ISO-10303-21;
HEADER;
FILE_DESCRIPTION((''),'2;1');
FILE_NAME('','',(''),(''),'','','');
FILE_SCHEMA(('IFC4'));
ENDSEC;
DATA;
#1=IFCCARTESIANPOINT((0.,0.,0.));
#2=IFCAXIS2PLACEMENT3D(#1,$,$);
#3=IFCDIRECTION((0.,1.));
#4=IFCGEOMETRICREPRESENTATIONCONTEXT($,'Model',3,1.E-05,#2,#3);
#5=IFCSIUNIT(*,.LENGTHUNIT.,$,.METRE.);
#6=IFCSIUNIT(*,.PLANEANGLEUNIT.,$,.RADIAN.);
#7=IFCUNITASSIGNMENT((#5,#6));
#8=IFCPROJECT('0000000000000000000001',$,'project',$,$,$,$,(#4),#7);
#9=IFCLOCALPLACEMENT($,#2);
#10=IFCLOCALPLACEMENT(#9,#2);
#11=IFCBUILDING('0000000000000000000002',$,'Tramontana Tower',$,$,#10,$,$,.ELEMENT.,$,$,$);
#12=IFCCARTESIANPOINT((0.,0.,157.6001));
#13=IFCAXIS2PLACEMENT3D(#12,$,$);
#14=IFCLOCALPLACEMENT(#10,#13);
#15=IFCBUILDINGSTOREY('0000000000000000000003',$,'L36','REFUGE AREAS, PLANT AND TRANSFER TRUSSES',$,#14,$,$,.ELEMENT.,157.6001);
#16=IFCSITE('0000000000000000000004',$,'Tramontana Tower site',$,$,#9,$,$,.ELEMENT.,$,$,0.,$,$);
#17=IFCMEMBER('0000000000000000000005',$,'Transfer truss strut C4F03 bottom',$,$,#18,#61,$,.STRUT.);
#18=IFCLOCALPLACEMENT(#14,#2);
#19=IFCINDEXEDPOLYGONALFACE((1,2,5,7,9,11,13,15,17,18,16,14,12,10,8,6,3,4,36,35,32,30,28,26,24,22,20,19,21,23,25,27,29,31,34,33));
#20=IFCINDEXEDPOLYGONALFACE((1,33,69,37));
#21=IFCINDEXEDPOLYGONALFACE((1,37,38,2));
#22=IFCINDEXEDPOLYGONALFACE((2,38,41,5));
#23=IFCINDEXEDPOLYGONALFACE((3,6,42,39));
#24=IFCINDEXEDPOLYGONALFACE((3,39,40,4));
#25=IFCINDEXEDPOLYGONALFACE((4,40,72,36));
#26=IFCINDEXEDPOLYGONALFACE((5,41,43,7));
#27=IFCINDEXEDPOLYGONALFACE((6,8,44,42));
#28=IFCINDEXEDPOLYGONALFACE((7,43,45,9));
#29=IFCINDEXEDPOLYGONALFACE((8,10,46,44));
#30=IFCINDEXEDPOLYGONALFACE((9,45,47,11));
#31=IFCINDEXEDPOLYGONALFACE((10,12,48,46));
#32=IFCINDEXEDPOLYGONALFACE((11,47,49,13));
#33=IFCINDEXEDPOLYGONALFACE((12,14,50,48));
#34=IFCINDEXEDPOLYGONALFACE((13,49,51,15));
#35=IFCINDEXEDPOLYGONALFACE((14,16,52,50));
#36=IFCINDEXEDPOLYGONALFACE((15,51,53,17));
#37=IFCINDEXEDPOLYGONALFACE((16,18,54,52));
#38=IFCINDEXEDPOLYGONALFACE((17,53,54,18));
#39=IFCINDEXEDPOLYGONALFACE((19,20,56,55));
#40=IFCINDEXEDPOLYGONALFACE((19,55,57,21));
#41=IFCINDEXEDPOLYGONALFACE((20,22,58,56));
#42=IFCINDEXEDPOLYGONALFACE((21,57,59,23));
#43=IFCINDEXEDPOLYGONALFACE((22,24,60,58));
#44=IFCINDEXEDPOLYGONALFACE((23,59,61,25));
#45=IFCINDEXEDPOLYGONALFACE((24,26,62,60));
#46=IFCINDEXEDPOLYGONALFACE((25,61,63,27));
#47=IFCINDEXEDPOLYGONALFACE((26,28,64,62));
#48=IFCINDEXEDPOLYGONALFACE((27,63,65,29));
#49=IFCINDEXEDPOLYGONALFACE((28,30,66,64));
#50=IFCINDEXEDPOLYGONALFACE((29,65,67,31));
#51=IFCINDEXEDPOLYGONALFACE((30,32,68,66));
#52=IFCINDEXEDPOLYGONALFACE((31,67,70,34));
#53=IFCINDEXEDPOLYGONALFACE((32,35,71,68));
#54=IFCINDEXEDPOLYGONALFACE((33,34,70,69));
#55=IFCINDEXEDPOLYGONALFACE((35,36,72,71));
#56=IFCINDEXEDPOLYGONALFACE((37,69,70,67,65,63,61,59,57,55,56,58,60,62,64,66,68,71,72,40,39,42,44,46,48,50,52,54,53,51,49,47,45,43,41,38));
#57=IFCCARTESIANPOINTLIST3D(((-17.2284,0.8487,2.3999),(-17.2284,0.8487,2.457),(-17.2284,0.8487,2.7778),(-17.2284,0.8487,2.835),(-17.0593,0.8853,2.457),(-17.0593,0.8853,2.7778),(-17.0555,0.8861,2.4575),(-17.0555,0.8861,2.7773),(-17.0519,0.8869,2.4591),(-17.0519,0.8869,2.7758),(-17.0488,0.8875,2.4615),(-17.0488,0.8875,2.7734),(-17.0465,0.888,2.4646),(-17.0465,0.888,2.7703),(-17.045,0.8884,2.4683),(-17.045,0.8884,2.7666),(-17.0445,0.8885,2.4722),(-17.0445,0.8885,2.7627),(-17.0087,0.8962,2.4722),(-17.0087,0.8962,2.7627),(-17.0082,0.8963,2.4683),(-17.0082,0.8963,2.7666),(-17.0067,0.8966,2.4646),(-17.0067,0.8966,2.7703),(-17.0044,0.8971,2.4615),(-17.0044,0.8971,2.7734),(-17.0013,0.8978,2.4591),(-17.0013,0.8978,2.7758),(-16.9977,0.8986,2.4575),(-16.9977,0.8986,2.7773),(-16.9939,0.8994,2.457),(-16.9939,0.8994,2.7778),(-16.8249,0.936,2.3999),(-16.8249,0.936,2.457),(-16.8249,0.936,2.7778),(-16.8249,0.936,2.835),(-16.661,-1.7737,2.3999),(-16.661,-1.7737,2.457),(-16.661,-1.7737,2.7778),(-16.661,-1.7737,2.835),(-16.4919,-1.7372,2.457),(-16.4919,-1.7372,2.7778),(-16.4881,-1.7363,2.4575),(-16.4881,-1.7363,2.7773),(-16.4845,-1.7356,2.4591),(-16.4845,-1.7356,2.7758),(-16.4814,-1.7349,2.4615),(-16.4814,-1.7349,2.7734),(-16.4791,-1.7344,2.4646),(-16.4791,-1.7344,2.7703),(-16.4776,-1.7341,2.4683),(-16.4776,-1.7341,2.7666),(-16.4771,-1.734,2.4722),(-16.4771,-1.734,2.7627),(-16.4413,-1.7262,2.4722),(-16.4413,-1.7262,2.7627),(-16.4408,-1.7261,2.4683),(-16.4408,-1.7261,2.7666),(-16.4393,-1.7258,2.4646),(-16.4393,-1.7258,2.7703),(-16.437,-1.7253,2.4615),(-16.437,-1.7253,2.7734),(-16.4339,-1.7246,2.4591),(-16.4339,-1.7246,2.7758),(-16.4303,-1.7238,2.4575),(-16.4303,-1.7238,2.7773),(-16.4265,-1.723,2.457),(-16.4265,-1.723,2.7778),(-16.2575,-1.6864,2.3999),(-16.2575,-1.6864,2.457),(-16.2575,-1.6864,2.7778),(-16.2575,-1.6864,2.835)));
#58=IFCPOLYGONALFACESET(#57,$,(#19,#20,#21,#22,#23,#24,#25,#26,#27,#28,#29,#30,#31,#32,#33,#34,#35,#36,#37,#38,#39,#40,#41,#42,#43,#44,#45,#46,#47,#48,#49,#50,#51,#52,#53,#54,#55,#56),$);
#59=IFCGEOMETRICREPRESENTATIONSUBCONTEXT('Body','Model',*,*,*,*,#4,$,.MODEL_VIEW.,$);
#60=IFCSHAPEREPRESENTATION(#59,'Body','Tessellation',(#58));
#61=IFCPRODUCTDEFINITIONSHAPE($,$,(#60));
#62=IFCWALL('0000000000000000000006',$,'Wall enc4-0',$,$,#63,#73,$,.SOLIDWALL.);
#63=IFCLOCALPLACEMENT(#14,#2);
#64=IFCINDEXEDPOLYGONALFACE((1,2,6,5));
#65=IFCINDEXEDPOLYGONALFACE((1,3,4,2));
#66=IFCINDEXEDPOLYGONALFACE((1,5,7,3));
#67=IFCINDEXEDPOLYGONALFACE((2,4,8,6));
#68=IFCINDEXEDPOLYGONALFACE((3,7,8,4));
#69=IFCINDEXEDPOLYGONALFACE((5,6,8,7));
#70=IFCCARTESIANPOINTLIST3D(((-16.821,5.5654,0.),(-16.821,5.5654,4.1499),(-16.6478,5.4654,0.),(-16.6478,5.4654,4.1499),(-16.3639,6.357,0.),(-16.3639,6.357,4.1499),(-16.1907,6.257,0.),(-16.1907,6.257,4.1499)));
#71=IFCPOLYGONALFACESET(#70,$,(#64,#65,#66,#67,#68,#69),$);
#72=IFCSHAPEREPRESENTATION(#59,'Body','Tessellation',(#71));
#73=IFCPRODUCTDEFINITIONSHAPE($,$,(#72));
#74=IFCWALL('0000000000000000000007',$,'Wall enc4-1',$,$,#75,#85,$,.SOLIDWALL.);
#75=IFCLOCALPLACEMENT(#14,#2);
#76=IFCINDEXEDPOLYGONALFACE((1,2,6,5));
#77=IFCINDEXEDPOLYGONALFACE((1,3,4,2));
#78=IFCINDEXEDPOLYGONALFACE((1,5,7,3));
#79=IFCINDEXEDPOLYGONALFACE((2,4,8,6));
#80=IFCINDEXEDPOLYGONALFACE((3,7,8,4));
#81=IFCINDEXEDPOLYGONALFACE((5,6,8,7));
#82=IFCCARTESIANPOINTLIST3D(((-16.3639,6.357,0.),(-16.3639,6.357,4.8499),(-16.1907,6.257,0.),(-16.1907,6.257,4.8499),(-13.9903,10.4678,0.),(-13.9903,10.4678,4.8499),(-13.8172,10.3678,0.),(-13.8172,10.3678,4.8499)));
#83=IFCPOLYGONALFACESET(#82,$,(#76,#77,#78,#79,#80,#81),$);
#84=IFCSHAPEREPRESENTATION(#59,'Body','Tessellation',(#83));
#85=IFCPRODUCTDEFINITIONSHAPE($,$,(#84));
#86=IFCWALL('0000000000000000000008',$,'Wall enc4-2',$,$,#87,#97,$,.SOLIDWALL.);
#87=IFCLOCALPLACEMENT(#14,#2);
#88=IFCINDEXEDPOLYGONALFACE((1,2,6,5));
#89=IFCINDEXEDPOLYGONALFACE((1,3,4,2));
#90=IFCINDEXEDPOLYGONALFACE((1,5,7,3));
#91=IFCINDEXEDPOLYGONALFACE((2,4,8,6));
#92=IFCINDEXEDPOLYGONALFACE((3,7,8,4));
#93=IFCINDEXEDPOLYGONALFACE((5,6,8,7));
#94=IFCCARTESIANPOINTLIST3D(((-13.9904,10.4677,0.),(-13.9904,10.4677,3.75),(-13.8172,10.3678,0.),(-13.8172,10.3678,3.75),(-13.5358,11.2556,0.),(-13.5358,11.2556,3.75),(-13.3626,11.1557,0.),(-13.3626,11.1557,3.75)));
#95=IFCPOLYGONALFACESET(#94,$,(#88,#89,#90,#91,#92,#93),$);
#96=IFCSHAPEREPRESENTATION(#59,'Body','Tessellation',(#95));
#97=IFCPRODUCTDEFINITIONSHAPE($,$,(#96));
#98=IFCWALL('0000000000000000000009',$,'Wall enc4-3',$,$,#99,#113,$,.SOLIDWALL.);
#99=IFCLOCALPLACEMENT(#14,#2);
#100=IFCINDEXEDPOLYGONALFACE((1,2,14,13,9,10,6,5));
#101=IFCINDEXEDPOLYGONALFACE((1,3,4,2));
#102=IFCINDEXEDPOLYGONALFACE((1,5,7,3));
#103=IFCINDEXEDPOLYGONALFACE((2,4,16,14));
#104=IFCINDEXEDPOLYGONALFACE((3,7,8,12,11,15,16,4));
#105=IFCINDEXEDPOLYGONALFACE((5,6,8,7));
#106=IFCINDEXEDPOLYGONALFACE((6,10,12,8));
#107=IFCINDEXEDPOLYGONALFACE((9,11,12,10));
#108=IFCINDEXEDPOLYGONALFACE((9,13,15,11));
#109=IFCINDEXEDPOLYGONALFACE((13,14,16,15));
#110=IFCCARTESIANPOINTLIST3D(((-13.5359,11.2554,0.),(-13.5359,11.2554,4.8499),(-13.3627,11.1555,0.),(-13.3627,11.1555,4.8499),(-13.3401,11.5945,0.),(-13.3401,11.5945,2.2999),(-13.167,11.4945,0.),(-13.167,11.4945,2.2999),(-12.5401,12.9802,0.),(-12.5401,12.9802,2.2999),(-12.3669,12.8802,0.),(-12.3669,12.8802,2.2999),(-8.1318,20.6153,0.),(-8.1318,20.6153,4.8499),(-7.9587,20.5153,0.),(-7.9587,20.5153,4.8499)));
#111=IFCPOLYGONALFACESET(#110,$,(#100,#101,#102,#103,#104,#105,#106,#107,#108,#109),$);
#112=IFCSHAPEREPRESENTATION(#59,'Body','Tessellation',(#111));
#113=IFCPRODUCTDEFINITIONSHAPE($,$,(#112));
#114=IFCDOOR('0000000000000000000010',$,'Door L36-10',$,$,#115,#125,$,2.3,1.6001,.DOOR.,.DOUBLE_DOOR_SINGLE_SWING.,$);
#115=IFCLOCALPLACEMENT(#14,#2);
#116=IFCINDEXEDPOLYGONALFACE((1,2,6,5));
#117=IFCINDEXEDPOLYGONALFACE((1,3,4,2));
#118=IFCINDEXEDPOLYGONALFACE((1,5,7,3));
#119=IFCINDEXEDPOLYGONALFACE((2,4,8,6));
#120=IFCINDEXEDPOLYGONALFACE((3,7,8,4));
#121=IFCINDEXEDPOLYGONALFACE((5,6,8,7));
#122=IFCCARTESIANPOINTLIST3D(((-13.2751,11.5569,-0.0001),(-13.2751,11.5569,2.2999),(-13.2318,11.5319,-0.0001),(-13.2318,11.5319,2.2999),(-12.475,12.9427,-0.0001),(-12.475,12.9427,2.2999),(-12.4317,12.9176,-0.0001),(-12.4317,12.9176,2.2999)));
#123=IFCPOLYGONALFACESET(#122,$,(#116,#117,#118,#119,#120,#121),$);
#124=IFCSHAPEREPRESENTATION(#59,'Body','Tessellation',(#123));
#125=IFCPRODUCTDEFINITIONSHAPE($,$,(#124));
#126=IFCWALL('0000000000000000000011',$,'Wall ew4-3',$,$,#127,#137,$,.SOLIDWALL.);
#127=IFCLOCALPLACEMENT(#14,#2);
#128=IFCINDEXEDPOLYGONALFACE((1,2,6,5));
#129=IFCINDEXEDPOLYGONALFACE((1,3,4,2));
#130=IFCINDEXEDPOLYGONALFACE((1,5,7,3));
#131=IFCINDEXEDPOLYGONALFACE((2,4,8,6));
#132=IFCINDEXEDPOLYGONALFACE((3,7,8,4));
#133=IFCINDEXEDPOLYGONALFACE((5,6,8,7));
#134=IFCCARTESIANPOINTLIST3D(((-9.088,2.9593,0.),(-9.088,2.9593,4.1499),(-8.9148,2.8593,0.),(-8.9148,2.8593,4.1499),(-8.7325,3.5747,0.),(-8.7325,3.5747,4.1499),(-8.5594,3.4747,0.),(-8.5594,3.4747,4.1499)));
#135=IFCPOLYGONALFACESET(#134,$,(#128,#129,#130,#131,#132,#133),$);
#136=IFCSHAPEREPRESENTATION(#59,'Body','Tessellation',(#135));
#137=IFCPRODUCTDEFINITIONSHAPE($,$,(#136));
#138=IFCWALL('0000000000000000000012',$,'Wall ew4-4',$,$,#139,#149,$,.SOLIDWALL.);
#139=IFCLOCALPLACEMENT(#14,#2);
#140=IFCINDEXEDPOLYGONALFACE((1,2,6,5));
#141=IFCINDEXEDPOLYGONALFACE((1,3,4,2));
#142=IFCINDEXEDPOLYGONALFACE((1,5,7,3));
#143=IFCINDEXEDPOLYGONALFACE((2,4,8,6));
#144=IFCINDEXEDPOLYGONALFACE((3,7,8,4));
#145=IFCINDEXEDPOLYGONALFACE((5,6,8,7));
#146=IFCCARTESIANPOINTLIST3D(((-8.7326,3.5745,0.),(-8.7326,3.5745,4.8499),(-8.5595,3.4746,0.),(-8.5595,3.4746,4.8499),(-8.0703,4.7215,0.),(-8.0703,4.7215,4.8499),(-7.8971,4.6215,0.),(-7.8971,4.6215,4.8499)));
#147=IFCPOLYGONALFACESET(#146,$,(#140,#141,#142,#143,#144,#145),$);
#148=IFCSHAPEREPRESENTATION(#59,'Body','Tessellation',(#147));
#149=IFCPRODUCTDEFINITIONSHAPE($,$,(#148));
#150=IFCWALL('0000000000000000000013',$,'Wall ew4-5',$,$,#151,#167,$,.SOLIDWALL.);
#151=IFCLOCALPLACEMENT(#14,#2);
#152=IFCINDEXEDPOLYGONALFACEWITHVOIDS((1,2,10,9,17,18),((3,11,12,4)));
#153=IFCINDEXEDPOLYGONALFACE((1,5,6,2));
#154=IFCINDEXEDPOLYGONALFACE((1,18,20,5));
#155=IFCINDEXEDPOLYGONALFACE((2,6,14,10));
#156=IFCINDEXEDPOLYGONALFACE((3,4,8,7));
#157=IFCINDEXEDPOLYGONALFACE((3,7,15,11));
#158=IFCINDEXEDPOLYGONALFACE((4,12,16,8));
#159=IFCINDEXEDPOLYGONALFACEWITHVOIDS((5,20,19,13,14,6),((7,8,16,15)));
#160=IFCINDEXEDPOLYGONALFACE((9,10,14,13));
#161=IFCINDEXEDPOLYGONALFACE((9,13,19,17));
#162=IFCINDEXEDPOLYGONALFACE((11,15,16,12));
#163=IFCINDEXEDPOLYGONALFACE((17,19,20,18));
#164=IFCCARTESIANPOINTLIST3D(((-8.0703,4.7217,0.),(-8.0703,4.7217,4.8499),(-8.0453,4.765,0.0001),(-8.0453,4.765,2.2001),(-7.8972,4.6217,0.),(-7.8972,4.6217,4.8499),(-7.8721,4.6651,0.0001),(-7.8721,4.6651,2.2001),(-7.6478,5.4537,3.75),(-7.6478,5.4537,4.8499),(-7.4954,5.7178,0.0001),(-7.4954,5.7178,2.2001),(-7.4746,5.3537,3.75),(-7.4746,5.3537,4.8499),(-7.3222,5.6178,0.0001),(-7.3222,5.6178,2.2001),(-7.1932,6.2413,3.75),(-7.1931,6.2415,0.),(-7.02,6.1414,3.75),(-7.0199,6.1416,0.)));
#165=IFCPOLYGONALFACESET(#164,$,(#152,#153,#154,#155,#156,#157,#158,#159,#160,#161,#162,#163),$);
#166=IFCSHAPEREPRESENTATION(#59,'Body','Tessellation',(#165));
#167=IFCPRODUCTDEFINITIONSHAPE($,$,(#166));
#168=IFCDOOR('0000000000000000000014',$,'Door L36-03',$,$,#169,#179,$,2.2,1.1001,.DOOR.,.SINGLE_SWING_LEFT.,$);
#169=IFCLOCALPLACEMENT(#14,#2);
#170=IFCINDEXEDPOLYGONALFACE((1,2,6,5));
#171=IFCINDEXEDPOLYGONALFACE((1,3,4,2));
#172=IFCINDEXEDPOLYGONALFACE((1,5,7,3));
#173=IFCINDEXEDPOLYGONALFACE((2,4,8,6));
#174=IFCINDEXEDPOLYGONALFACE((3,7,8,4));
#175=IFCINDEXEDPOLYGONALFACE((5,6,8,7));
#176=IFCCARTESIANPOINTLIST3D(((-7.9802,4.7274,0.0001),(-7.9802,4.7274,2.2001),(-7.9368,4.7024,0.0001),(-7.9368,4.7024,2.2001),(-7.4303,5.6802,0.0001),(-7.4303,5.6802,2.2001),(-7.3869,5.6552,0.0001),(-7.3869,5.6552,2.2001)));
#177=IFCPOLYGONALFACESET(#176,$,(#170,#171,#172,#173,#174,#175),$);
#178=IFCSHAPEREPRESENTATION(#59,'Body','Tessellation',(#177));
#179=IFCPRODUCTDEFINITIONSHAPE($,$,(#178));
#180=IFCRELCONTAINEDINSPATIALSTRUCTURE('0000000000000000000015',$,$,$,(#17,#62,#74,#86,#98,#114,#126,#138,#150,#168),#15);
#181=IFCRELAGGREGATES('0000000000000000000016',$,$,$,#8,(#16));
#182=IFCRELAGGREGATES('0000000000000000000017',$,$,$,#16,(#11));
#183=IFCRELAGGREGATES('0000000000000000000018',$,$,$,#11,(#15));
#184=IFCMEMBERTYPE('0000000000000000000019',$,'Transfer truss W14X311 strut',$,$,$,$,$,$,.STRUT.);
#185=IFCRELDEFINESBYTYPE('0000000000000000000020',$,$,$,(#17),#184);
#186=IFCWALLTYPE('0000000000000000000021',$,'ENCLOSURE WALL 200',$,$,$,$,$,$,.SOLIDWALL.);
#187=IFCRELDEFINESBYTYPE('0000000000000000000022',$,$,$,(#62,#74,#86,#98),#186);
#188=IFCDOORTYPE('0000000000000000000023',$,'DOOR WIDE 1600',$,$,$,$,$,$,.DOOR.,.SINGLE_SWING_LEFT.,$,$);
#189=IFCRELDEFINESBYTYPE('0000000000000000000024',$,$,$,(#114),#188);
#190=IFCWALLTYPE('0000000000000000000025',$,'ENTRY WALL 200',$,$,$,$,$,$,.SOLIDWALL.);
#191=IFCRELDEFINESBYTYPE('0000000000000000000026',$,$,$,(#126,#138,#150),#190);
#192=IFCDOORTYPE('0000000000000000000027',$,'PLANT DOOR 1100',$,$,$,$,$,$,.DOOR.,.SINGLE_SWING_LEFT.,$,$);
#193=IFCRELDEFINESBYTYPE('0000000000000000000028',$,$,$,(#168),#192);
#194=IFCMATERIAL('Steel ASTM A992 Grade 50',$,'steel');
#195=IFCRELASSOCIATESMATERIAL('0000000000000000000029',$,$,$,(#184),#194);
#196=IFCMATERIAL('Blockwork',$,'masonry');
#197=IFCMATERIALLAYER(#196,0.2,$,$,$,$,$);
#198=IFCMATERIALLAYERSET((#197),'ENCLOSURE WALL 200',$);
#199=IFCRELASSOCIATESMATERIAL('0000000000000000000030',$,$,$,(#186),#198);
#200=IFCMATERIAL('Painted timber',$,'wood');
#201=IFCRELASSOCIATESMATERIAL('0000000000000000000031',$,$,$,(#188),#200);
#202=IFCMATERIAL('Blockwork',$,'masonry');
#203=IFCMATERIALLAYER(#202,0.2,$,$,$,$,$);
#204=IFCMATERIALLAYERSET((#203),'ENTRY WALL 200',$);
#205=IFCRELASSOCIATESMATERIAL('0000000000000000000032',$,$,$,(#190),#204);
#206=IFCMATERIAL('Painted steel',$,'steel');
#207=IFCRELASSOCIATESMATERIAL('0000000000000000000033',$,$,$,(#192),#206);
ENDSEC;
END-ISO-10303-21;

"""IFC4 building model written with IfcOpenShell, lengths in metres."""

from ifc_helpers import new_model, si_unit, direction, frame, frame_2d, origin, origin_2d, place, context, subcontext, project, spatial, polyline, rectangle, i_section, outline, extrude, material, layer, layer_set, material_profile, profile_set, type_object, element, fill, save


model = new_model("IFC4")

# Units and contexts
model_context = context("Model", 3, precision=1e-05, world=origin(), true_north=direction((0.0, 1.0)))
body_context = subcontext(model_context, "Body", "Model", "MODEL_VIEW")
ifc_project = project(units=[si_unit("LENGTHUNIT", "METRE"), si_unit("PLANEANGLEUNIT", "RADIAN")], contexts=[model_context])

# Site, building, storey
site_placement = place(None, origin())
site = spatial("IfcSite", under=ifc_project, at=site_placement, Name="Tramontana Tower site", CompositionType="ELEMENT", RefElevation=0.0)
building_placement = place(site_placement, origin())
building = spatial("IfcBuilding", under=site, at=building_placement, Name="Tramontana Tower", CompositionType="ELEMENT")
storey_placement = place(building_placement, frame((0.0, 0.0, 157.6001)))
storey = spatial("IfcBuildingStorey", under=building, at=storey_placement, Name="L36", Description="REFUGE AREAS, PLANT AND TRANSFER TRUSSES", CompositionType="ELEMENT", Elevation=157.6001)

# Member
ifc_material_1 = material(Name="Steel ASTM A992 Grade 50", Category="steel")
ifc_material_profile_1 = material_profile(ifc_material_1, i_section(OverallWidth=0.4128, OverallDepth=0.4351, WebThickness=0.0366, FlangeThickness=0.0571, FilletRadius=0.0151, at=origin_2d()), Name="W14X311")
ifc_profile_set_1 = profile_set([ifc_material_profile_1], Name="Steel ASTM A992 Grade 50")
member_type_1 = type_object("IfcMemberType", Name="Transfer truss W14X311 strut", PredefinedType="STRUT", material=ifc_profile_set_1)
member_1_placement = place(storey_placement, frame((-17.0266, 0.8923, 2.6174), z_axis=(0.211474, -0.977384, 0.0), x_axis=(0.977384, 0.211474, 0.0)))
element("IfcMember", 1, at=member_1_placement, inside=storey, type_object=member_type_1, Name="Transfer truss strut C4F03 bottom", PredefinedType="STRUT", context=body_context, shape_type="SweptSolid", body=[
    extrude(i_section(OverallWidth=0.4128, OverallDepth=0.4351, WebThickness=0.0366, FlangeThickness=0.0571, FilletRadius=0.0151, at=origin_2d()), origin(), (0.0, 0.0, 1.0), 2.6831),
])

# Walls
ifc_material_2 = material(Name="Blockwork", Category="masonry")
ifc_layer_1 = layer(ifc_material_2, 0.2)
ifc_layer_set_1 = layer_set([ifc_layer_1], Name="ENCLOSURE WALL 200")
wall_type_1 = type_object("IfcWallType", Name="ENCLOSURE WALL 200", PredefinedType="SOLIDWALL", material=ifc_layer_set_1)
wall_1_placement = place(storey_placement, frame((-16.7344, 5.5154, 0.0), z_axis=(0.0, 0.0, 1.0), x_axis=(0.500046, 0.865999, 0.0)))
element("IfcWall", 2, at=wall_1_placement, inside=storey, type_object=wall_type_1, Name="Wall enc4-0", PredefinedType="SOLIDWALL", context=body_context, shape_type="SweptSolid", body=[
    extrude(rectangle(XDim=0.9141, YDim=0.2, at=frame_2d((0.457, 0.0))), origin(), (0.0, 0.0, 1.0), 4.1499),
])
wall_2_placement = place(storey_placement, frame((-16.2773, 6.3069, 0.0), z_axis=(0.0, 0.0, 1.0), x_axis=(0.500022, 0.866013, 0.0)))
element("IfcWall", 3, at=wall_2_placement, inside=storey, type_object=wall_type_1, Name="Wall enc4-1", PredefinedType="SOLIDWALL", context=body_context, shape_type="SweptSolid", body=[
    extrude(rectangle(XDim=4.7468, YDim=0.2, at=frame_2d((2.3735, 0.0))), origin(), (0.0, 0.0, 1.0), 4.8499),
])
wall_3_placement = place(storey_placement, frame((-13.9038, 10.4177, 0.0), z_axis=(0.0, 0.0, 1.0), x_axis=(0.499777, 0.866154, 0.0)))
element("IfcWall", 4, at=wall_3_placement, inside=storey, type_object=wall_type_1, Name="Wall enc4-2", PredefinedType="SOLIDWALL", context=body_context, shape_type="SweptSolid", body=[
    extrude(rectangle(XDim=0.9097, YDim=0.2, at=frame_2d((0.4548, 0.0))), origin(), (0.0, 0.0, 1.0), 3.75),
])

# Wall, opening, door
wall_4_placement = place(storey_placement, frame((-13.4492, 11.2056, 0.0), z_axis=(0.0, 0.0, 1.0), x_axis=(0.500009, 0.86602, 0.0)))
wall_4 = element("IfcWall", 5, at=wall_4_placement, inside=storey, type_object=wall_type_1, Name="Wall enc4-3", PredefinedType="SOLIDWALL", context=body_context, shape_type="SweptSolid", body=[
    extrude(rectangle(XDim=10.8079, YDim=0.2, at=frame_2d((5.4038, 0.0))), origin(), (0.0, 0.0, 1.0), 4.8499),
])
opening_1_placement = place(wall_4_placement, frame((0.3914, 0.0, 0.0)))
opening_1 = element("IfcOpeningElement", 6, at=opening_1_placement, cuts=wall_4, PredefinedType="OPENING", context=body_context, shape_type="SweptSolid", body=[
    extrude(rectangle(XDim=1.6001, YDim=2.3, at=frame_2d((0.8, 1.1499))), frame((0.0, 0.1099, 0.0), z_axis=(0.0, -1.0, 0.0), x_axis=(1.0, 0.0, 0.0)), (0.0, 0.0, 1.0), 0.22),
])
ifc_material_3 = material(Name="Painted timber", Category="wood")
door_type_1 = type_object("IfcDoorType", Name="DOOR WIDE 1600", OperationType="SINGLE_SWING_LEFT", PredefinedType="DOOR", material=ifc_material_3)
door_1_placement = place(opening_1_placement, origin())
door_1 = element("IfcDoor", 7, at=door_1_placement, inside=storey, type_object=door_type_1, Name="Door L36-10", OperationType="DOUBLE_DOOR_SINGLE_SWING", OverallHeight=2.3, OverallWidth=1.6001, PredefinedType="DOOR", context=body_context, shape_type="SweptSolid", body=[
    extrude(rectangle(XDim=1.6001, YDim=2.3, at=frame_2d((0.8, 1.1499))), frame((0.0, 0.0249, 0.0), z_axis=(0.0, -1.0, 0.0), x_axis=(1.0, 0.0, 0.0)), (0.0, 0.0, 1.0), 0.05),
])
fill(opening_1, door_1)

# Walls
ifc_material_4 = material(Name="Blockwork", Category="masonry")
ifc_layer_2 = layer(ifc_material_4, 0.2)
ifc_layer_set_2 = layer_set([ifc_layer_2], Name="ENTRY WALL 200")
wall_type_2 = type_object("IfcWallType", Name="ENTRY WALL 200", PredefinedType="SOLIDWALL", material=ifc_layer_set_2)
wall_5_placement = place(storey_placement, frame((-9.0015, 2.9092, 0.0), z_axis=(0.0, 0.0, 1.0), x_axis=(0.500129, 0.865951, 0.0)))
element("IfcWall", 8, at=wall_5_placement, inside=storey, type_object=wall_type_2, Name="Wall ew4-3", PredefinedType="SOLIDWALL", context=body_context, shape_type="SweptSolid", body=[
    extrude(rectangle(XDim=0.7107, YDim=0.2, at=frame_2d((0.3555, 0.0))), origin(), (0.0, 0.0, 1.0), 4.1499),
])
wall_6_placement = place(storey_placement, frame((-8.646, 3.5247, 0.0), z_axis=(0.0, 0.0, 1.0), x_axis=(0.500084, 0.865977, 0.0)))
element("IfcWall", 9, at=wall_6_placement, inside=storey, type_object=wall_type_2, Name="Wall ew4-4", PredefinedType="SOLIDWALL", context=body_context, shape_type="SweptSolid", body=[
    extrude(rectangle(XDim=1.3245, YDim=0.2, at=frame_2d((0.6621, 0.0))), origin(), (0.0, 0.0, 1.0), 4.8499),
])

# Wall, opening, door
wall_7_placement = place(storey_placement, frame((-7.9836, 4.6716, 0.0), z_axis=(0.0, 0.0, 1.0), x_axis=(0.499895, 0.866086, 0.0)))
wall_7 = element("IfcWall", 10, at=wall_7_placement, inside=storey, type_object=wall_type_2, Name="Wall ew4-5", PredefinedType="SOLIDWALL", context=body_context, shape_type="SweptSolid", body=[
    extrude(outline(polyline([(0.0, 0.0), (1.7549, 0.0), (1.7546, 3.75), (0.8452, 3.75), (0.8452, 4.8499), (0.0, 4.8499), (0.0, 0.0)])), frame((0.0, 0.1001, 0.0), z_axis=(0.0, -1.0, 0.0), x_axis=(1.0, 0.0, 0.0)), (0.0, 0.0, 1.0), 0.2),
])
opening_2_placement = place(wall_7_placement, frame((0.05, 0.0, 0.0)))
opening_2 = element("IfcOpeningElement", 11, at=opening_2_placement, cuts=wall_7, PredefinedType="OPENING", context=body_context, shape_type="SweptSolid", body=[
    extrude(rectangle(XDim=1.1001, YDim=2.2, at=frame_2d((0.55, 1.1001))), frame((0.0, 0.1099, 0.0), z_axis=(0.0, -1.0, 0.0), x_axis=(1.0, 0.0, 0.0)), (0.0, 0.0, 1.0), 0.22),
])
ifc_material_5 = material(Name="Painted steel", Category="steel")
door_type_2 = type_object("IfcDoorType", Name="PLANT DOOR 1100", OperationType="SINGLE_SWING_LEFT", PredefinedType="DOOR", material=ifc_material_5)
door_2_placement = place(opening_2_placement, origin())
door_2 = element("IfcDoor", 12, at=door_2_placement, inside=storey, type_object=door_type_2, Name="Door L36-03", OperationType="SINGLE_SWING_LEFT", OverallHeight=2.2, OverallWidth=1.1001, PredefinedType="DOOR", context=body_context, shape_type="SweptSolid", body=[
    extrude(rectangle(XDim=1.1001, YDim=2.2, at=frame_2d((0.55, 1.1001))), frame((0.0, 0.0249, 0.0), z_axis=(0.0, -1.0, 0.0), x_axis=(1.0, 0.0, 0.0)), (0.0, 0.0, 1.0), 0.05),
])
fill(opening_2, door_2)

save(model, "model.ifc")
